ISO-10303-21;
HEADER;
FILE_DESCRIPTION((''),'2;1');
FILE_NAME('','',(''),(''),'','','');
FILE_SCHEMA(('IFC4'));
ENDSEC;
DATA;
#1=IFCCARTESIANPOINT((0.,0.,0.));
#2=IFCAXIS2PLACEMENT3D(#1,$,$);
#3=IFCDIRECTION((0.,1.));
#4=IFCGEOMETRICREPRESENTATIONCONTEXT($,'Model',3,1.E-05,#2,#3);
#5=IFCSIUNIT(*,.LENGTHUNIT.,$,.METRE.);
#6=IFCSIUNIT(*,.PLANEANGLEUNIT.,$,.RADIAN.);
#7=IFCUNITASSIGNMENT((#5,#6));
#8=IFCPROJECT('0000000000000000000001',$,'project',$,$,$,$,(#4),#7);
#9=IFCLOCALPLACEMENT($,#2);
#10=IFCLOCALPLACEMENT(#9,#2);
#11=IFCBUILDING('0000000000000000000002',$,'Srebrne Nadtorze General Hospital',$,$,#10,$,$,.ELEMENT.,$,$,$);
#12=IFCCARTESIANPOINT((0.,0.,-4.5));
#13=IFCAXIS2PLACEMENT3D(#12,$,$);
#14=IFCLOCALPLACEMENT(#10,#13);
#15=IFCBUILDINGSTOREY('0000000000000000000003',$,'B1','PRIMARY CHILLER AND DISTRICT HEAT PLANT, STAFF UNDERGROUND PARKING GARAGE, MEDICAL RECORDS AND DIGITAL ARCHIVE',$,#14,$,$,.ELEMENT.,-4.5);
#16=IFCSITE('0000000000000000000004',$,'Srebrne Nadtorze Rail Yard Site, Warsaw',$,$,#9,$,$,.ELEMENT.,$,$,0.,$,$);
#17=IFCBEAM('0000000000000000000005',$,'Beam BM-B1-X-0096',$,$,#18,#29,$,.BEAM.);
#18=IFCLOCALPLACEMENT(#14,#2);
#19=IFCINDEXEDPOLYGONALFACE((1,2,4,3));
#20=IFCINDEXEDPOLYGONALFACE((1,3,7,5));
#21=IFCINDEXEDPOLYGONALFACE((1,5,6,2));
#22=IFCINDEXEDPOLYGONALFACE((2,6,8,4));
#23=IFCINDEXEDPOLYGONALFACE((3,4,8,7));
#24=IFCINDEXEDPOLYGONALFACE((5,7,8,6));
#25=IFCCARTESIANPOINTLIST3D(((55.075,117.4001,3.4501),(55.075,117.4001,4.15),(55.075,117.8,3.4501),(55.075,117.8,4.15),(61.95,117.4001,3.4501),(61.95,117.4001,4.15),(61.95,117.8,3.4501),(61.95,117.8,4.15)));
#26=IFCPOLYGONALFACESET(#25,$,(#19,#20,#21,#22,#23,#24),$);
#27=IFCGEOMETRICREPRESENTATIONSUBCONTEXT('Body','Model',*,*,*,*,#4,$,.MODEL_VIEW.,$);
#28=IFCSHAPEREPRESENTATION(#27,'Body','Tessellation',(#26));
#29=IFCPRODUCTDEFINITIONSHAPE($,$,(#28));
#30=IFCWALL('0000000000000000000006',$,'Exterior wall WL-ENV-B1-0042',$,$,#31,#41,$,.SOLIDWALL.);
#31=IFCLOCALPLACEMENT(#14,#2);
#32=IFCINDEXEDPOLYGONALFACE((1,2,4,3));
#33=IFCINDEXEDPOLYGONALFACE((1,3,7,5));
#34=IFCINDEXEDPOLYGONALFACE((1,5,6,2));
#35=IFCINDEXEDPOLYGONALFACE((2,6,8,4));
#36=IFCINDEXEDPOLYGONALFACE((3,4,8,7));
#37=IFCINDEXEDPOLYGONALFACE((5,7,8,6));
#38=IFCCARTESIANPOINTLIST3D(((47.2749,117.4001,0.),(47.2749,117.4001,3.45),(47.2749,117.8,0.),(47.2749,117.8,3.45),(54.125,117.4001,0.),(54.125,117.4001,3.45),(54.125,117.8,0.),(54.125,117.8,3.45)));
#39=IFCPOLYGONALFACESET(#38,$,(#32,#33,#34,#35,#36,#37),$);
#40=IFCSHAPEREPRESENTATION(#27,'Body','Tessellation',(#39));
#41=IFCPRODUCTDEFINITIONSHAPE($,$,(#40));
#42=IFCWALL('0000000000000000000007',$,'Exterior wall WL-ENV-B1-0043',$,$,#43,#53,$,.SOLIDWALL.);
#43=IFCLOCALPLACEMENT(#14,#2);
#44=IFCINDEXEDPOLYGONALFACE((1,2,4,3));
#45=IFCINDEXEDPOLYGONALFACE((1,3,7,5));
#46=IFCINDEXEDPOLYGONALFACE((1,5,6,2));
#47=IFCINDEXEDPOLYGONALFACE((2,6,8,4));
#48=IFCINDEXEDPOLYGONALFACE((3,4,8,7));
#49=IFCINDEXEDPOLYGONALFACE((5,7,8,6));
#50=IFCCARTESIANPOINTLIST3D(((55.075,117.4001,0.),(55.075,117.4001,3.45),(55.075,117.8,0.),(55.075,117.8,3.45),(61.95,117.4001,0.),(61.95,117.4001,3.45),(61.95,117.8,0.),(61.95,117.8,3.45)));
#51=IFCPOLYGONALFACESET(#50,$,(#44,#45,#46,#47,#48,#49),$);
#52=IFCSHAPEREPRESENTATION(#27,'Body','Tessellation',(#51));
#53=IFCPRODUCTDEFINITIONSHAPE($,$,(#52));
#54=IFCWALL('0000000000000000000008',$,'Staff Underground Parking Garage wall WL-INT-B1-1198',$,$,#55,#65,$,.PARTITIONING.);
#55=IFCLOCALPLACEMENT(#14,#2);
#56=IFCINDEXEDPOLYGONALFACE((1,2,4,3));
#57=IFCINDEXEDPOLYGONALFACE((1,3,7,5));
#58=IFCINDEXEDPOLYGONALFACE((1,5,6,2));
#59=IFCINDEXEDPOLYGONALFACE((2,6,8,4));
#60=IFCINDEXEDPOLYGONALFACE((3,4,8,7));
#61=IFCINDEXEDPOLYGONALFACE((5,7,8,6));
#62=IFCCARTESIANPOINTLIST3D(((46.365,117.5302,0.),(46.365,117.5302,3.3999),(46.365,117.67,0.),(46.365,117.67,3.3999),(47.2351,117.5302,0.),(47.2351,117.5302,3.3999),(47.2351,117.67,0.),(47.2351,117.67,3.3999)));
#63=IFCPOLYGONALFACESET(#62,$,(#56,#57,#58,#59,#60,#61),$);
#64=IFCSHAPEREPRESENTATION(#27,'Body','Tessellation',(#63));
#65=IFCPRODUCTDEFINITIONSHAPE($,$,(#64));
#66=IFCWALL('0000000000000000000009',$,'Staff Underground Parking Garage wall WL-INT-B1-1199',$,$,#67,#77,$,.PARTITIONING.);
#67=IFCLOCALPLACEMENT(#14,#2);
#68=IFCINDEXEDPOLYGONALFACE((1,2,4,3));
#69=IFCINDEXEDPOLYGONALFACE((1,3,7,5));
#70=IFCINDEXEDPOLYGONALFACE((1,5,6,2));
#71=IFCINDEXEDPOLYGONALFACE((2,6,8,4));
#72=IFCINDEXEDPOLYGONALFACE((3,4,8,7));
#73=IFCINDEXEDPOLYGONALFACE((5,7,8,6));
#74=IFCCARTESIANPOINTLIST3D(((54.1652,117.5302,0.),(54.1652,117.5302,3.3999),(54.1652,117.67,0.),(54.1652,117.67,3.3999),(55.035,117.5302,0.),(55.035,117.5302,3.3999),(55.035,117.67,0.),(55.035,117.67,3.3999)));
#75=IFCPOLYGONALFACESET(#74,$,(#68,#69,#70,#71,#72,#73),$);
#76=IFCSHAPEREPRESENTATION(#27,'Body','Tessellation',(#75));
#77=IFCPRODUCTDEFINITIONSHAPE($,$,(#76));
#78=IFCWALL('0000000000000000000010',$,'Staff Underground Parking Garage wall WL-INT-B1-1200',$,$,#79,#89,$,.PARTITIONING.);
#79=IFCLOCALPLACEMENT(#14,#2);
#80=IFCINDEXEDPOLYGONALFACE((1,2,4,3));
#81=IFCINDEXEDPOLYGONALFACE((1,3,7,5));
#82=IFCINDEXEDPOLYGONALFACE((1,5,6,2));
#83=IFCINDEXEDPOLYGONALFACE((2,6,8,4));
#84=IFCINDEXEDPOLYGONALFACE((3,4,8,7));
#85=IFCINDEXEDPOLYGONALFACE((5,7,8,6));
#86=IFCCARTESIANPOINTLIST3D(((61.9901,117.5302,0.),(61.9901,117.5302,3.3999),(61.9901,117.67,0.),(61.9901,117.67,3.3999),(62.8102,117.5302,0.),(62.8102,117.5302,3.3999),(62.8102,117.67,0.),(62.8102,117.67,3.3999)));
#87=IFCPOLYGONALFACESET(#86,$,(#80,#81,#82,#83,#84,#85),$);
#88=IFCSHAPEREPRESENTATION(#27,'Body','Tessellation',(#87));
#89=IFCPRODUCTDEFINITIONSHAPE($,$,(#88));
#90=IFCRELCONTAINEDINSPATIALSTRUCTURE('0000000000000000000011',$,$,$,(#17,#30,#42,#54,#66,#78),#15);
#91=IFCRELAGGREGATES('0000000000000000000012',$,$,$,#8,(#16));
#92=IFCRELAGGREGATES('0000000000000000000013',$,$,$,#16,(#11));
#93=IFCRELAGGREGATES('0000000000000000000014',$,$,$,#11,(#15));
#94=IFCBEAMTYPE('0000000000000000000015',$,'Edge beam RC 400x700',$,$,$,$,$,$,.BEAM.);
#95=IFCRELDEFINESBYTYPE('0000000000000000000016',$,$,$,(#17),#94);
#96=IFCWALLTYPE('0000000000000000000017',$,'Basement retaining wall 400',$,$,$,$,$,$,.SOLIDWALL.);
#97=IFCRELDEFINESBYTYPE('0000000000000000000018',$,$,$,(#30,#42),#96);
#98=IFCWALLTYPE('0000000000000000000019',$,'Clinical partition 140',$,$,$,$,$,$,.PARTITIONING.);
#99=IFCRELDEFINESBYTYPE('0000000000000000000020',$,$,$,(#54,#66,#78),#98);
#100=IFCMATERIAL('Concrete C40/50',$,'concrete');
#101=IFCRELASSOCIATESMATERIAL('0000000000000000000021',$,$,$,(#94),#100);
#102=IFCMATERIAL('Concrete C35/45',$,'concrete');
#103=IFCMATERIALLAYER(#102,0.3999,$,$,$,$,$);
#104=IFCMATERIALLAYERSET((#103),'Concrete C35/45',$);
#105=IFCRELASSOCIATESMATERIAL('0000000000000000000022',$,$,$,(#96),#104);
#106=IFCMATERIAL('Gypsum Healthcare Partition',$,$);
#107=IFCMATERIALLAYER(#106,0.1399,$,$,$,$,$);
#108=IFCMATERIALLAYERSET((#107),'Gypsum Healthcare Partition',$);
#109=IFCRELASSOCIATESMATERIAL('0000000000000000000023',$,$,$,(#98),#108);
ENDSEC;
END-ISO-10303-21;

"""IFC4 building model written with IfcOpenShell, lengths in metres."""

from ifc_helpers import new_model, si_unit, direction, frame, frame_2d, origin, origin_2d, place, context, subcontext, project, spatial, rectangle, extrude, material, layer, layer_set, material_profile, profile_set, type_object, element, save


model = new_model("IFC4")

# Units and contexts
model_context = context("Model", 3, precision=1e-05, world=origin(), true_north=direction((0.0, 1.0)))
body_context = subcontext(model_context, "Body", "Model", "MODEL_VIEW")
ifc_project = project(units=[si_unit("LENGTHUNIT", "METRE"), si_unit("PLANEANGLEUNIT", "RADIAN")], contexts=[model_context])

# Site, building, storey
site_placement = place(None, origin())
site = spatial("IfcSite", under=ifc_project, at=site_placement, Name="Srebrne Nadtorze Rail Yard Site, Warsaw", CompositionType="ELEMENT", RefElevation=0.0)
building_placement = place(site_placement, origin())
building = spatial("IfcBuilding", under=site, at=building_placement, Name="Srebrne Nadtorze General Hospital", CompositionType="ELEMENT")
storey_placement = place(building_placement, frame((0.0, 0.0, -4.5)))
storey = spatial("IfcBuildingStorey", under=building, at=storey_placement, Name="B1", Description="PRIMARY CHILLER AND DISTRICT HEAT PLANT, STAFF UNDERGROUND PARKING GARAGE, MEDICAL RECORDS AND DIGITAL ARCHIVE", CompositionType="ELEMENT", Elevation=-4.5)

# Beam
ifc_material_1 = material(Name="Concrete C40/50", Category="concrete")
ifc_material_profile_1 = material_profile(ifc_material_1, rectangle(XDim=0.3999, YDim=0.7, at=origin_2d()), Name="RC-BM-400x700")
ifc_profile_set_1 = profile_set([ifc_material_profile_1], Name="Concrete C40/50")
beam_type = type_object("IfcBeamType", Name="Edge beam RC 400x700", PredefinedType="BEAM", material=ifc_profile_set_1)
beam_1_placement = place(storey_placement, frame((55.075, 117.6001, 3.8), z_axis=(1.0, 0.0, 0.0), x_axis=(0.0, 1.0, 0.0)))
element("IfcBeam", 1, at=beam_1_placement, inside=storey, type_object=beam_type, Name="Beam BM-B1-X-0096", PredefinedType="BEAM", context=body_context, shape_type="SweptSolid", body=[
    extrude(rectangle(XDim=0.3999, YDim=0.7, at=origin_2d()), origin(), (0.0, 0.0, 1.0), 6.875),
])

# Walls
ifc_material_2 = material(Name="Concrete C35/45", Category="concrete")
ifc_layer_1 = layer(ifc_material_2, 0.3999)
ifc_layer_set_1 = layer_set([ifc_layer_1], Name="Concrete C35/45")
wall_type_1 = type_object("IfcWallType", Name="Basement retaining wall 400", PredefinedType="SOLIDWALL", material=ifc_layer_set_1)
wall_1_placement = place(storey_placement, frame((47.2749, 117.6001, 0.0), z_axis=(0.0, 0.0, 1.0), x_axis=(1.0, 0.0, 0.0)))
element("IfcWall", 2, at=wall_1_placement, inside=storey, type_object=wall_type_1, Name="Exterior wall WL-ENV-B1-0042", PredefinedType="SOLIDWALL", context=body_context, shape_type="SweptSolid", body=[
    extrude(rectangle(XDim=6.8501, YDim=0.3999, at=frame_2d((3.425, 0.0))), origin(), (0.0, 0.0, 1.0), 3.45),
])
wall_2_placement = place(storey_placement, frame((55.075, 117.6001, 0.0), z_axis=(0.0, 0.0, 1.0), x_axis=(1.0, 0.0, 0.0)))
element("IfcWall", 3, at=wall_2_placement, inside=storey, type_object=wall_type_1, Name="Exterior wall WL-ENV-B1-0043", PredefinedType="SOLIDWALL", context=body_context, shape_type="SweptSolid", body=[
    extrude(rectangle(XDim=6.875, YDim=0.3999, at=frame_2d((3.4375, 0.0))), origin(), (0.0, 0.0, 1.0), 3.45),
])
ifc_material_3 = material(Name="Gypsum Healthcare Partition")
ifc_layer_2 = layer(ifc_material_3, 0.1399)
ifc_layer_set_2 = layer_set([ifc_layer_2], Name="Gypsum Healthcare Partition")
wall_type_2 = type_object("IfcWallType", Name="Clinical partition 140", PredefinedType="PARTITIONING", material=ifc_layer_set_2)
wall_3_placement = place(storey_placement, frame((46.365, 117.6001, 0.0), z_axis=(0.0, 0.0, 1.0), x_axis=(1.0, 0.0, 0.0)))
element("IfcWall", 4, at=wall_3_placement, inside=storey, type_object=wall_type_2, Name="Staff Underground Parking Garage wall WL-INT-B1-1198", PredefinedType="PARTITIONING", context=body_context, shape_type="SweptSolid", body=[
    extrude(rectangle(XDim=0.8701, YDim=0.1399, at=frame_2d((0.4351, 0.0))), origin(), (0.0, 0.0, 1.0), 3.3999),
])
wall_4_placement = place(storey_placement, frame((54.165, 117.6001, 0.0), z_axis=(0.0, 0.0, 1.0), x_axis=(1.0, 0.0, 0.0)))
element("IfcWall", 5, at=wall_4_placement, inside=storey, type_object=wall_type_2, Name="Staff Underground Parking Garage wall WL-INT-B1-1199", PredefinedType="PARTITIONING", context=body_context, shape_type="SweptSolid", body=[
    extrude(rectangle(XDim=0.8699, YDim=0.1399, at=frame_2d((0.4351, 0.0))), origin(), (0.0, 0.0, 1.0), 3.3999),
])
wall_5_placement = place(storey_placement, frame((61.99, 117.6001, 0.0), z_axis=(0.0, 0.0, 1.0), x_axis=(1.0, 0.0, 0.0)))
element("IfcWall", 6, at=wall_5_placement, inside=storey, type_object=wall_type_2, Name="Staff Underground Parking Garage wall WL-INT-B1-1200", PredefinedType="PARTITIONING", context=body_context, shape_type="SweptSolid", body=[
    extrude(rectangle(XDim=0.8201, YDim=0.1399, at=frame_2d((0.4102, 0.0))), origin(), (0.0, 0.0, 1.0), 3.3999),
])

save(model, "model.ifc")
